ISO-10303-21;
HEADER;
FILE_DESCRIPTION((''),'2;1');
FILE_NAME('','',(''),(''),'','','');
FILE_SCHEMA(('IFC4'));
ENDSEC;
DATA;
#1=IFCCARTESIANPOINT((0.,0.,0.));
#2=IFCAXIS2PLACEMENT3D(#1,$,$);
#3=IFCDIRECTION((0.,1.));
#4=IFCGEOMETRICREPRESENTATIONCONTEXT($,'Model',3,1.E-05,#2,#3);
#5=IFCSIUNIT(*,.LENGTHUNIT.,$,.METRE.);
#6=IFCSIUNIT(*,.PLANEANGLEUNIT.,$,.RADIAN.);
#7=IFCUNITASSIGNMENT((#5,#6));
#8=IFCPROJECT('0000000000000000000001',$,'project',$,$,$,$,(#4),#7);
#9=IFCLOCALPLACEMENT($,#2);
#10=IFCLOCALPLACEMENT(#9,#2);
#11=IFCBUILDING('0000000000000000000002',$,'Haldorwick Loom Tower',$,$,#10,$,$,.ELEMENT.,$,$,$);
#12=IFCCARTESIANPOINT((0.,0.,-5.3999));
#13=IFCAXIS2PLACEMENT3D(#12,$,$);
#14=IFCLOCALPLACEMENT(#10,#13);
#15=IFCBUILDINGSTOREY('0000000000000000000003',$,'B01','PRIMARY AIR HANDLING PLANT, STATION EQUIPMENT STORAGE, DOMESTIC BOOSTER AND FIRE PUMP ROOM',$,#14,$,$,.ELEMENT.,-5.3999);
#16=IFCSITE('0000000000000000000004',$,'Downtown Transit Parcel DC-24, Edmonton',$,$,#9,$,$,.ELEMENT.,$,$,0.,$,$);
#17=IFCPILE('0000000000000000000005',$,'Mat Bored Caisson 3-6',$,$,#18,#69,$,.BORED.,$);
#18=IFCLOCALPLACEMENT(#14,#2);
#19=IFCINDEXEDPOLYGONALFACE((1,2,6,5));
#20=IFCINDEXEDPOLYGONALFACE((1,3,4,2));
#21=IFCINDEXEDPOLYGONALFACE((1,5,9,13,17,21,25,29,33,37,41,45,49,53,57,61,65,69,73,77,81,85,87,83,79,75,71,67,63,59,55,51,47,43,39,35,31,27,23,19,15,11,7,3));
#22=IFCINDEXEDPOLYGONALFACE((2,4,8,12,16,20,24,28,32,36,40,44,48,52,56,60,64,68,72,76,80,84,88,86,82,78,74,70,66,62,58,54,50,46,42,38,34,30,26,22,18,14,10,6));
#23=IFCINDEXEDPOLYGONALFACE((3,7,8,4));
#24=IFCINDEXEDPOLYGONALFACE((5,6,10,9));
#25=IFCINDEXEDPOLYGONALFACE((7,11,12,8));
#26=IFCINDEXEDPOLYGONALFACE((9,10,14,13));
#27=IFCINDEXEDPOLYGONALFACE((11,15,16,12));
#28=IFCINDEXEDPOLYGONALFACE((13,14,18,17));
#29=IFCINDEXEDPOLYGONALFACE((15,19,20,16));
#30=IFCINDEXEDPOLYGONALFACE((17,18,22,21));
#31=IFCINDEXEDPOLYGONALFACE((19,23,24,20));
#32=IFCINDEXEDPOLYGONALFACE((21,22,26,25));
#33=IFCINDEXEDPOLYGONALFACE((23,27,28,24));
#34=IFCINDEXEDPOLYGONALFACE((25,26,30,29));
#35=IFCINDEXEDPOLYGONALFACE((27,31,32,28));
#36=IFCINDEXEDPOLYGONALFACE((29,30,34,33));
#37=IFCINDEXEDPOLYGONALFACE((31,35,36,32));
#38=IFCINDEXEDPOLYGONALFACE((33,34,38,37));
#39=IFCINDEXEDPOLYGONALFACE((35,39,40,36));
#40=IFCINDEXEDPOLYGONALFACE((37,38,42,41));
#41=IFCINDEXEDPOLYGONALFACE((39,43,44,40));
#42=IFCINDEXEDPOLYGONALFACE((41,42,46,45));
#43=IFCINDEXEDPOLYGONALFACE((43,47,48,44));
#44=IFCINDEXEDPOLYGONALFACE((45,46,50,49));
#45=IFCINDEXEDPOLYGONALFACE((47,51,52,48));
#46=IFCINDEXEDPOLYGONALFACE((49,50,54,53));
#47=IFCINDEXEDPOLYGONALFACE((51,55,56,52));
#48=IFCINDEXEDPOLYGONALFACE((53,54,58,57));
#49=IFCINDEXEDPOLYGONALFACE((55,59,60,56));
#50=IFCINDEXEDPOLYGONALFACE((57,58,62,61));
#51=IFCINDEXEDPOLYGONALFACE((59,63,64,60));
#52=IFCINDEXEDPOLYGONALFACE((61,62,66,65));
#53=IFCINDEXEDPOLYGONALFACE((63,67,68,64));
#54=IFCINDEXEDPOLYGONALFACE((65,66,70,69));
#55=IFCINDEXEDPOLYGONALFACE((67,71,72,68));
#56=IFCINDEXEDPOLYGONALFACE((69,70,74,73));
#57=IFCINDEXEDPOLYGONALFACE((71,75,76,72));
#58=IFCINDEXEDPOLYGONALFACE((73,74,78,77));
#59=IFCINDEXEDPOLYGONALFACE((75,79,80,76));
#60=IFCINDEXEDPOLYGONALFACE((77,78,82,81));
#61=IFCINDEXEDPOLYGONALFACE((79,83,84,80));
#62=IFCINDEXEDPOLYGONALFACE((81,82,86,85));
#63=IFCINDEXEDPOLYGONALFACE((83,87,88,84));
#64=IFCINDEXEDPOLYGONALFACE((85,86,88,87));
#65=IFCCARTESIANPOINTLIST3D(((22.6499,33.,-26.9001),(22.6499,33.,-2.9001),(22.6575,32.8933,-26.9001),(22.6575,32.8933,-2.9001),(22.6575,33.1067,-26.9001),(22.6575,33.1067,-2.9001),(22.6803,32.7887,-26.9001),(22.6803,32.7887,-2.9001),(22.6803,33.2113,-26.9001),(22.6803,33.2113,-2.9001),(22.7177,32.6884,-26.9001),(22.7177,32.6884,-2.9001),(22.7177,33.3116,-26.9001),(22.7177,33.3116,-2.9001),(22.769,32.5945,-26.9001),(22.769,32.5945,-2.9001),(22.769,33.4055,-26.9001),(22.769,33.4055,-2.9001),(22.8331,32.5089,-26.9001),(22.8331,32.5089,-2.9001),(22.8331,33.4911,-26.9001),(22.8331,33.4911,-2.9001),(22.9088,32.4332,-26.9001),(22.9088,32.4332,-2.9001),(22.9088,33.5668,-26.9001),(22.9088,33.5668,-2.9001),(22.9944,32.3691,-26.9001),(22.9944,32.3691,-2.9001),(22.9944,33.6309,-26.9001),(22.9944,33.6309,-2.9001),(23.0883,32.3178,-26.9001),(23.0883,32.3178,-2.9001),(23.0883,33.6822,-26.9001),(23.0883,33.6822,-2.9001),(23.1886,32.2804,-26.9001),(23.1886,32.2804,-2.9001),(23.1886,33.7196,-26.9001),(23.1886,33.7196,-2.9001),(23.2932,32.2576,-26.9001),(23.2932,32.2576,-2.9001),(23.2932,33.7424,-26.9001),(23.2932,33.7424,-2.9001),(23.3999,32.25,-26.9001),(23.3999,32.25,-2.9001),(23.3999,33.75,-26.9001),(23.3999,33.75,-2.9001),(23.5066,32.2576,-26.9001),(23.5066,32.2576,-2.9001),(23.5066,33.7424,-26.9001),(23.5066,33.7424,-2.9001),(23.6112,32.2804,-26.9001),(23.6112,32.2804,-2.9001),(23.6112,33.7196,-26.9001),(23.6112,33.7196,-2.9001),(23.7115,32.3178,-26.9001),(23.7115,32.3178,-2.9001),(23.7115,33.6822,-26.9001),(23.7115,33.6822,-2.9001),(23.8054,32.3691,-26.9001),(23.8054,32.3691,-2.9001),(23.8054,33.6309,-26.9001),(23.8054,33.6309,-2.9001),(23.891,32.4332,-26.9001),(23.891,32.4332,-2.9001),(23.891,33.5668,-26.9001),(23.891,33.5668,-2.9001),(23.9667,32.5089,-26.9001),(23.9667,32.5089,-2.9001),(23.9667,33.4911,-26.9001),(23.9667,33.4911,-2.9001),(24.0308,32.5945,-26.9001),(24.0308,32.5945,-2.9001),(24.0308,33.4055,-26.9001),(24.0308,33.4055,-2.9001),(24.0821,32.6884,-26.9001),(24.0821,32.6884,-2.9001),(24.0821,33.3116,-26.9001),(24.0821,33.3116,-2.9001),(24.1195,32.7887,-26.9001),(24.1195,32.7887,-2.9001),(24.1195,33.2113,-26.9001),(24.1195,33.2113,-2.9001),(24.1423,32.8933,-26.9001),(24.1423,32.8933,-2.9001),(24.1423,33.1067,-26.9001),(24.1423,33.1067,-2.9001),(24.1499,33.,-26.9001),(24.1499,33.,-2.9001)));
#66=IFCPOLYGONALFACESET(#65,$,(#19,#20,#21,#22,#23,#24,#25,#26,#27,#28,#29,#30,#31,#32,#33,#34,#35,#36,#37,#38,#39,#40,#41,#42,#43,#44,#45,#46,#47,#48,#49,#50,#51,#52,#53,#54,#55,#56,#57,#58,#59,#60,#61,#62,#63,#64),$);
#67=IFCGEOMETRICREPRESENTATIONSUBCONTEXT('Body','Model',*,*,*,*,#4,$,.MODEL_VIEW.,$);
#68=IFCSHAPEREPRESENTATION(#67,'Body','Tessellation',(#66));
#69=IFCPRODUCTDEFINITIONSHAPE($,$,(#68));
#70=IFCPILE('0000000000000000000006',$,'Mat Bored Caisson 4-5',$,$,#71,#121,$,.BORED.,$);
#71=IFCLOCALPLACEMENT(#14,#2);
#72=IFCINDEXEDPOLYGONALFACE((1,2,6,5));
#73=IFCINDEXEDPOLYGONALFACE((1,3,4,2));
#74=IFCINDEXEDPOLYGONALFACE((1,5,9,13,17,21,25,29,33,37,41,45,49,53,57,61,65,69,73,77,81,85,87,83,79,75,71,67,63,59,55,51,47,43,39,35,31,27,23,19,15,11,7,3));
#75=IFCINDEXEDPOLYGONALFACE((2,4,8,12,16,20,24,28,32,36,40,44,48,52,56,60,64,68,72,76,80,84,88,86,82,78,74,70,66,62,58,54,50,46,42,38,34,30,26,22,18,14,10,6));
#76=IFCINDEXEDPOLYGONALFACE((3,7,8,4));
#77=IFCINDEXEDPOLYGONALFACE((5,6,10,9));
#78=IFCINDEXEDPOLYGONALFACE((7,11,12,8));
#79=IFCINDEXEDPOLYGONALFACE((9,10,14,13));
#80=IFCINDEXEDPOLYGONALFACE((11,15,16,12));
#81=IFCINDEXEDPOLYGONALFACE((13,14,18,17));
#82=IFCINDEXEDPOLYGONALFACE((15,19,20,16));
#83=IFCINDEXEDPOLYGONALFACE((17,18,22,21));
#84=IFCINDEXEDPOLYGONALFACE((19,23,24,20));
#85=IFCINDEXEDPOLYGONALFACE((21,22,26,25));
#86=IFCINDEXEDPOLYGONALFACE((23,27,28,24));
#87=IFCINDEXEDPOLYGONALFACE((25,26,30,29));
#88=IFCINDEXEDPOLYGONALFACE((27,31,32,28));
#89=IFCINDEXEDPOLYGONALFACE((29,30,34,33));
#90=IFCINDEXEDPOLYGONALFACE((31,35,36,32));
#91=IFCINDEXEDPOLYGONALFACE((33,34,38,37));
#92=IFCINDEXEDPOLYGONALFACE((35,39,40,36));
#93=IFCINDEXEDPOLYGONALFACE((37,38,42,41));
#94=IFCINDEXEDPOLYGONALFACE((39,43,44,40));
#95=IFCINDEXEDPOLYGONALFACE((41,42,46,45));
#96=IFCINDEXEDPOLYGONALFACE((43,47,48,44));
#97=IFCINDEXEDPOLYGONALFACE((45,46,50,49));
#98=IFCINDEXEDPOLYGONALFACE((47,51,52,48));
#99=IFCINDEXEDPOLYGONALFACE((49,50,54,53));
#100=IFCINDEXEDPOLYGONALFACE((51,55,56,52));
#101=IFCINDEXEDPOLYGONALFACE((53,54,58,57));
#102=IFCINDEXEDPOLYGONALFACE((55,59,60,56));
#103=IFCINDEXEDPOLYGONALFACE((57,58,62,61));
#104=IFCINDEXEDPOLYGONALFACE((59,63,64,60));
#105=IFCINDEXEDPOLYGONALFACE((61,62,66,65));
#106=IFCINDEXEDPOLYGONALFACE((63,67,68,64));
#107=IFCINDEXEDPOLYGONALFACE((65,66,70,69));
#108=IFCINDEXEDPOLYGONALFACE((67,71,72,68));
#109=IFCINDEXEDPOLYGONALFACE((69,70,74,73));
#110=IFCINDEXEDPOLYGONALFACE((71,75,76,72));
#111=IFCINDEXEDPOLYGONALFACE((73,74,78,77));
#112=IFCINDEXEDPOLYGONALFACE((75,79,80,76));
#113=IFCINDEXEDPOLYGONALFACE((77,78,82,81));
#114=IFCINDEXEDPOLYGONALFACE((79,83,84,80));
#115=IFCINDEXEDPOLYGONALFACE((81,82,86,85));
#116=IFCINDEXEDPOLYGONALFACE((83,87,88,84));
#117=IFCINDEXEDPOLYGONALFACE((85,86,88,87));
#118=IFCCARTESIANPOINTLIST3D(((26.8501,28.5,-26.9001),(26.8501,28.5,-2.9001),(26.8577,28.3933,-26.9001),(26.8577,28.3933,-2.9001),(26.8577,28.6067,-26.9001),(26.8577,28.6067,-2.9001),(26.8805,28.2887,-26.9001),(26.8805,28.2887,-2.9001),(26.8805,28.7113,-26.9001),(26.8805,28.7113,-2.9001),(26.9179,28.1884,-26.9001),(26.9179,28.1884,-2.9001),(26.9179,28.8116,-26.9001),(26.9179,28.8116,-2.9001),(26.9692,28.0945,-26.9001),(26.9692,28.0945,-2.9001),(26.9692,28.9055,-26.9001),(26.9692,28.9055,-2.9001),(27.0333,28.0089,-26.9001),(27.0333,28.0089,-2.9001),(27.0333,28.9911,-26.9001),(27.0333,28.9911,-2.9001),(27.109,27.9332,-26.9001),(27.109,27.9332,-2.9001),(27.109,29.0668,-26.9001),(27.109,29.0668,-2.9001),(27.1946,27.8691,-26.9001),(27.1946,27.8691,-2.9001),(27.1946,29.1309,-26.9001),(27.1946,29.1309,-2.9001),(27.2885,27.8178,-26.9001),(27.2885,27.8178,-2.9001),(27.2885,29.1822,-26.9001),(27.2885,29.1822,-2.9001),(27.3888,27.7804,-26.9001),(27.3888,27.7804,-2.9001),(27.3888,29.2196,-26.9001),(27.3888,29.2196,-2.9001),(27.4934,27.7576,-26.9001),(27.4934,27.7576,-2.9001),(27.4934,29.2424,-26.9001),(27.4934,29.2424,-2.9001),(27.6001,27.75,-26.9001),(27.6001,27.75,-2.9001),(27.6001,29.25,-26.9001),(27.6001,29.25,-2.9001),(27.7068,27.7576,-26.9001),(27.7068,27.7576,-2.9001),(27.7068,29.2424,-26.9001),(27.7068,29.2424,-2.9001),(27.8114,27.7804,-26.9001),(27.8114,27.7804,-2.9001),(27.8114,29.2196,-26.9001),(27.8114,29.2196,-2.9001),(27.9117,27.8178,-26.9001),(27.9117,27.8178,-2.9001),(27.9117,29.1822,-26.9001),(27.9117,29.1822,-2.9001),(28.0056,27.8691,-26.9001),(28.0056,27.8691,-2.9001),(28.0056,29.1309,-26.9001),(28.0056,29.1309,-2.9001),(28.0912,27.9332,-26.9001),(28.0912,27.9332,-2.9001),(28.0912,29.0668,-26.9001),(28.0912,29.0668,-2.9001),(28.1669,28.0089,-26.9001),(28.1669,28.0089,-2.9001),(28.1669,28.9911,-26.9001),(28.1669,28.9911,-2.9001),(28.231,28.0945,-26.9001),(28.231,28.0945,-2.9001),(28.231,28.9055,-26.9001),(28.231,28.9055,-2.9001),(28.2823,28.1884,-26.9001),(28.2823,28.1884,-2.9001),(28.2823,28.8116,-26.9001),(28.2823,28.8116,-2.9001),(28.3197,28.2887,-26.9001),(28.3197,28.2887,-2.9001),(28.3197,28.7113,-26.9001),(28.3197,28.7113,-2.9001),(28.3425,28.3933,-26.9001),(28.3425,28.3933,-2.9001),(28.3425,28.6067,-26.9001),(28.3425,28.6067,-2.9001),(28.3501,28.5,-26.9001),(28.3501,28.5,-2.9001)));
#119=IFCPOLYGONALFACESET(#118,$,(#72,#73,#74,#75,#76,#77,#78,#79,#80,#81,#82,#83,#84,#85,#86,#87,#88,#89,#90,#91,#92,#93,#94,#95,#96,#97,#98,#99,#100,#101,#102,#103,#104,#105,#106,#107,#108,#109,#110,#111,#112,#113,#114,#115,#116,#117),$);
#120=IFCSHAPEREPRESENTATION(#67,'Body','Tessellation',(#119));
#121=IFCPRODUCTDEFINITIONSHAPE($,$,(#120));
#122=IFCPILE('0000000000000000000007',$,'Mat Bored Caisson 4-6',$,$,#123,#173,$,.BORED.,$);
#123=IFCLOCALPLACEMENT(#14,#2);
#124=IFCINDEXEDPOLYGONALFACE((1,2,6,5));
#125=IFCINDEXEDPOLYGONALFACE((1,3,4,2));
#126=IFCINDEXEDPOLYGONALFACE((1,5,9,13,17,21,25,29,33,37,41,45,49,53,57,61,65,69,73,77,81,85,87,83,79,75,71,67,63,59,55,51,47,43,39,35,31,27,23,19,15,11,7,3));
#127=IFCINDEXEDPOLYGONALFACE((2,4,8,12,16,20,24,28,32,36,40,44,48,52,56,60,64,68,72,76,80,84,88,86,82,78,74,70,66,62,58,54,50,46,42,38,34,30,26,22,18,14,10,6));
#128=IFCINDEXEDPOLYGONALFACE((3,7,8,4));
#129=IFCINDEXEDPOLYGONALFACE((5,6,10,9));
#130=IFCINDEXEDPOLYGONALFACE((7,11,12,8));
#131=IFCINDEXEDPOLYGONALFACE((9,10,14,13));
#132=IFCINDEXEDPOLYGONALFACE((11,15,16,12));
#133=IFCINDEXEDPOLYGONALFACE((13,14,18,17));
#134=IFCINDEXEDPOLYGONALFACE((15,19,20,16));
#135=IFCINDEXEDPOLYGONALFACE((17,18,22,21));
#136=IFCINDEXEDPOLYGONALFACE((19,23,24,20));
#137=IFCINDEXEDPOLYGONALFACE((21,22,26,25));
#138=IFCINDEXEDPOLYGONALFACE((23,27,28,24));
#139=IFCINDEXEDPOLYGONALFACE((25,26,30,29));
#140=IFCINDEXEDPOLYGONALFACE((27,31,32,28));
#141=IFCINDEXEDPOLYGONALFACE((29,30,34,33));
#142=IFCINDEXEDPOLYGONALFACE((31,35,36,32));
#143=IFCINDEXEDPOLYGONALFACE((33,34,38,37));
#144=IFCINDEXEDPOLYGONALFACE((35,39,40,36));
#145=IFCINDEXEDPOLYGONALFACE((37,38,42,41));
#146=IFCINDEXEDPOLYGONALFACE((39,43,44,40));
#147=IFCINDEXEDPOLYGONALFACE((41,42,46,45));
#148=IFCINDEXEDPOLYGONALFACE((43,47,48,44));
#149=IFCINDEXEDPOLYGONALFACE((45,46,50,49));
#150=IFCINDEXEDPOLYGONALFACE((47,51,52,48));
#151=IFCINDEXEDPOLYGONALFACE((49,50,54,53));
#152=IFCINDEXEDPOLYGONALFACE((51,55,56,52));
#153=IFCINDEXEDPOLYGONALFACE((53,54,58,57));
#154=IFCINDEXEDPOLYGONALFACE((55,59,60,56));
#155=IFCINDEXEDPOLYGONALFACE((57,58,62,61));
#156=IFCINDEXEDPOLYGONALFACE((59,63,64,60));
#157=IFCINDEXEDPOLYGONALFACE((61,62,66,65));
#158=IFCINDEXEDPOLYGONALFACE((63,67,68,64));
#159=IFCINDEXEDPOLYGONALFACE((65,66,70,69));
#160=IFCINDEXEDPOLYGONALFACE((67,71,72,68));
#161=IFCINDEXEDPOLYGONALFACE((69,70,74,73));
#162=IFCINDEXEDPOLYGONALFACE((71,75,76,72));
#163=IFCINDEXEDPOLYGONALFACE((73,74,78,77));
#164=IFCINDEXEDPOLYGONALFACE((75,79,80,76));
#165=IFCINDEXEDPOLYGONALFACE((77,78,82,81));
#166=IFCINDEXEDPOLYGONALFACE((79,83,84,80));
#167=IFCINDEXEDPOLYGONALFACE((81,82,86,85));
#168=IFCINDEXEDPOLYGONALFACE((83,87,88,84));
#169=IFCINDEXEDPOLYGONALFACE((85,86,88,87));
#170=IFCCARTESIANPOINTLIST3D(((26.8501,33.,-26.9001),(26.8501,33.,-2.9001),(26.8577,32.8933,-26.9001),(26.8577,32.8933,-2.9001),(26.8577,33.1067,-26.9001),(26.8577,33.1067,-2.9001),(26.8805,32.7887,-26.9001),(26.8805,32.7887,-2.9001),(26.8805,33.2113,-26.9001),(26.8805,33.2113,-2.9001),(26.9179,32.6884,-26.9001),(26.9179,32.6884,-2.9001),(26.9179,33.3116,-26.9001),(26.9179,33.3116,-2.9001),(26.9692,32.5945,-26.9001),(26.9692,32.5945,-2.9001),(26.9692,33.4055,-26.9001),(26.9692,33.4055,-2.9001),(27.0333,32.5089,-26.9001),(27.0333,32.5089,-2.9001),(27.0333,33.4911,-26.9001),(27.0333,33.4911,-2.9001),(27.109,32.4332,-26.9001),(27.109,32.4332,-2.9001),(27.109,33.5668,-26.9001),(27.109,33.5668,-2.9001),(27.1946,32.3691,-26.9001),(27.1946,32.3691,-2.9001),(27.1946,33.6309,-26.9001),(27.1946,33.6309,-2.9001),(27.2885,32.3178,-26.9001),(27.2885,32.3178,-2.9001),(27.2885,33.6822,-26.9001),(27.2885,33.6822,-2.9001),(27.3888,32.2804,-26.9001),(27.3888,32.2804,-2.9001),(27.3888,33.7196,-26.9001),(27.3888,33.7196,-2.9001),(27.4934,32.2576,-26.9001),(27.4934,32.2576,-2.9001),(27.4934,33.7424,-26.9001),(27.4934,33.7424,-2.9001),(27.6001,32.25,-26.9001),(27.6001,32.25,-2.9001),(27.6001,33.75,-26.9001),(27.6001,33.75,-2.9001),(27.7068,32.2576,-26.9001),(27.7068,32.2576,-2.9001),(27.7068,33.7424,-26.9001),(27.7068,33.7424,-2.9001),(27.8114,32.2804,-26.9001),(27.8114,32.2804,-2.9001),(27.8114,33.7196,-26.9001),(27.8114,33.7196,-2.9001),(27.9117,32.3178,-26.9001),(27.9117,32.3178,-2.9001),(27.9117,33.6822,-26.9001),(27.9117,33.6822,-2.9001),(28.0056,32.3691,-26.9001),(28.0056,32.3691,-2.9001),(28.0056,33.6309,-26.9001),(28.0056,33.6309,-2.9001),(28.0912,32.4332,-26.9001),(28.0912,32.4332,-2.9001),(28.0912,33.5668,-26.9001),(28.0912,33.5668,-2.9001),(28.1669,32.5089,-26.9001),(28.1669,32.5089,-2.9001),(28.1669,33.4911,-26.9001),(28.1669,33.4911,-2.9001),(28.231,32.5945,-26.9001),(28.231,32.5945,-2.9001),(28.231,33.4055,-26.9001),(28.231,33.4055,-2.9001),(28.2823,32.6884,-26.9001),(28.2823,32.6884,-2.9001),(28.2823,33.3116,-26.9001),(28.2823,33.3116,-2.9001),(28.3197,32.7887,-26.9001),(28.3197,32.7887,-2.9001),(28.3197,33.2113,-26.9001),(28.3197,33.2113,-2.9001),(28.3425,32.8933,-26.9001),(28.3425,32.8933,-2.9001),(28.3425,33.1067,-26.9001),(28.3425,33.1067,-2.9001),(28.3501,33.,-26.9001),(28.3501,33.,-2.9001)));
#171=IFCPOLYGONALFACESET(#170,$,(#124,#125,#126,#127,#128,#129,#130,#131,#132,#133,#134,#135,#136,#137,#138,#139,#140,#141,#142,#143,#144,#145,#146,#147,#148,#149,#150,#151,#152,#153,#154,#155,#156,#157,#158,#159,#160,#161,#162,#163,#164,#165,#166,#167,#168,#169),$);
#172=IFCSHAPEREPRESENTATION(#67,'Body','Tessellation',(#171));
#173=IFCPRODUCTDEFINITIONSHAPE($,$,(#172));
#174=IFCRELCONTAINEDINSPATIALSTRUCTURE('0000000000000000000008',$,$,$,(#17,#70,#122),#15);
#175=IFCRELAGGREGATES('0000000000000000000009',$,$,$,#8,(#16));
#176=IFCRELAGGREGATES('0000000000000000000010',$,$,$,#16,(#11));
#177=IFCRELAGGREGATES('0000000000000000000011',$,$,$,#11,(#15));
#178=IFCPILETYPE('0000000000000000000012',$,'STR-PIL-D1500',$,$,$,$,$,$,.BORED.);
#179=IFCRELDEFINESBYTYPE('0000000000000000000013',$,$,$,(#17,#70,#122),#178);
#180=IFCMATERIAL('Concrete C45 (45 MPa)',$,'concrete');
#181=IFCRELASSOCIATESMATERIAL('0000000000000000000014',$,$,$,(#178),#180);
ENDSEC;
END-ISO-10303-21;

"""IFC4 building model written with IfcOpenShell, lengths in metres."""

from ifc_helpers import new_model, si_unit, direction, frame, origin, origin_2d, place, context, subcontext, project, spatial, circle, extrude, material, material_profile, profile_set, type_object, element, save


model = new_model("IFC4")

# Units and contexts
model_context = context("Model", 3, precision=1e-05, world=origin(), true_north=direction((0.0, 1.0)))
body_context = subcontext(model_context, "Body", "Model", "MODEL_VIEW")
ifc_project = project(units=[si_unit("LENGTHUNIT", "METRE"), si_unit("PLANEANGLEUNIT", "RADIAN")], contexts=[model_context])

# Site, building, storey
site_placement = place(None, origin())
site = spatial("IfcSite", under=ifc_project, at=site_placement, Name="Downtown Transit Parcel DC-24, Edmonton", CompositionType="ELEMENT", RefElevation=0.0)
building_placement = place(site_placement, origin())
building = spatial("IfcBuilding", under=site, at=building_placement, Name="Haldorwick Loom Tower", CompositionType="ELEMENT")
storey_placement = place(building_placement, frame((0.0, 0.0, -5.3999)))
storey = spatial("IfcBuildingStorey", under=building, at=storey_placement, Name="B01", Description="PRIMARY AIR HANDLING PLANT, STATION EQUIPMENT STORAGE, DOMESTIC BOOSTER AND FIRE PUMP ROOM", CompositionType="ELEMENT", Elevation=-5.3999)

# Piles
ifc_material_1 = material(Name="Concrete C45 (45 MPa)", Category="concrete")
ifc_material_profile_1 = material_profile(ifc_material_1, circle(Radius=0.75, at=origin_2d()), Name="CAISSON_D1500", Category="concrete")
ifc_profile_set_1 = profile_set([ifc_material_profile_1], Name="Concrete C45 (45 MPa)")
pile_type = type_object("IfcPileType", Name="STR-PIL-D1500", PredefinedType="BORED", material=ifc_profile_set_1)
for number, where, z_axis, x_axis, name in (
    (1, (23.3999, 33.0, -2.9001), (0.0, 0.0, -1.0), (1.0, 0.0, 0.0), "Mat Bored Caisson 3-6"),
    (2, (27.6001, 28.5, -2.9001), (0.0, 0.0, -1.0), (1.0, 0.0, 0.0), "Mat Bored Caisson 4-5"),
    (3, (27.6001, 33.0, -2.9001), (0.0, 0.0, -1.0), (1.0, 0.0, 0.0), "Mat Bored Caisson 4-6"),
):
    element("IfcPile", number, at=place(storey_placement, frame(where, z_axis=z_axis, x_axis=x_axis)), inside=storey, type_object=pile_type, Name=name, PredefinedType="BORED", context=body_context, shape_type="SweptSolid", body=[
        extrude(circle(Radius=0.75, at=origin_2d()), origin(), (0.0, 0.0, 1.0), 24.0),
    ])

save(model, "model.ifc")
